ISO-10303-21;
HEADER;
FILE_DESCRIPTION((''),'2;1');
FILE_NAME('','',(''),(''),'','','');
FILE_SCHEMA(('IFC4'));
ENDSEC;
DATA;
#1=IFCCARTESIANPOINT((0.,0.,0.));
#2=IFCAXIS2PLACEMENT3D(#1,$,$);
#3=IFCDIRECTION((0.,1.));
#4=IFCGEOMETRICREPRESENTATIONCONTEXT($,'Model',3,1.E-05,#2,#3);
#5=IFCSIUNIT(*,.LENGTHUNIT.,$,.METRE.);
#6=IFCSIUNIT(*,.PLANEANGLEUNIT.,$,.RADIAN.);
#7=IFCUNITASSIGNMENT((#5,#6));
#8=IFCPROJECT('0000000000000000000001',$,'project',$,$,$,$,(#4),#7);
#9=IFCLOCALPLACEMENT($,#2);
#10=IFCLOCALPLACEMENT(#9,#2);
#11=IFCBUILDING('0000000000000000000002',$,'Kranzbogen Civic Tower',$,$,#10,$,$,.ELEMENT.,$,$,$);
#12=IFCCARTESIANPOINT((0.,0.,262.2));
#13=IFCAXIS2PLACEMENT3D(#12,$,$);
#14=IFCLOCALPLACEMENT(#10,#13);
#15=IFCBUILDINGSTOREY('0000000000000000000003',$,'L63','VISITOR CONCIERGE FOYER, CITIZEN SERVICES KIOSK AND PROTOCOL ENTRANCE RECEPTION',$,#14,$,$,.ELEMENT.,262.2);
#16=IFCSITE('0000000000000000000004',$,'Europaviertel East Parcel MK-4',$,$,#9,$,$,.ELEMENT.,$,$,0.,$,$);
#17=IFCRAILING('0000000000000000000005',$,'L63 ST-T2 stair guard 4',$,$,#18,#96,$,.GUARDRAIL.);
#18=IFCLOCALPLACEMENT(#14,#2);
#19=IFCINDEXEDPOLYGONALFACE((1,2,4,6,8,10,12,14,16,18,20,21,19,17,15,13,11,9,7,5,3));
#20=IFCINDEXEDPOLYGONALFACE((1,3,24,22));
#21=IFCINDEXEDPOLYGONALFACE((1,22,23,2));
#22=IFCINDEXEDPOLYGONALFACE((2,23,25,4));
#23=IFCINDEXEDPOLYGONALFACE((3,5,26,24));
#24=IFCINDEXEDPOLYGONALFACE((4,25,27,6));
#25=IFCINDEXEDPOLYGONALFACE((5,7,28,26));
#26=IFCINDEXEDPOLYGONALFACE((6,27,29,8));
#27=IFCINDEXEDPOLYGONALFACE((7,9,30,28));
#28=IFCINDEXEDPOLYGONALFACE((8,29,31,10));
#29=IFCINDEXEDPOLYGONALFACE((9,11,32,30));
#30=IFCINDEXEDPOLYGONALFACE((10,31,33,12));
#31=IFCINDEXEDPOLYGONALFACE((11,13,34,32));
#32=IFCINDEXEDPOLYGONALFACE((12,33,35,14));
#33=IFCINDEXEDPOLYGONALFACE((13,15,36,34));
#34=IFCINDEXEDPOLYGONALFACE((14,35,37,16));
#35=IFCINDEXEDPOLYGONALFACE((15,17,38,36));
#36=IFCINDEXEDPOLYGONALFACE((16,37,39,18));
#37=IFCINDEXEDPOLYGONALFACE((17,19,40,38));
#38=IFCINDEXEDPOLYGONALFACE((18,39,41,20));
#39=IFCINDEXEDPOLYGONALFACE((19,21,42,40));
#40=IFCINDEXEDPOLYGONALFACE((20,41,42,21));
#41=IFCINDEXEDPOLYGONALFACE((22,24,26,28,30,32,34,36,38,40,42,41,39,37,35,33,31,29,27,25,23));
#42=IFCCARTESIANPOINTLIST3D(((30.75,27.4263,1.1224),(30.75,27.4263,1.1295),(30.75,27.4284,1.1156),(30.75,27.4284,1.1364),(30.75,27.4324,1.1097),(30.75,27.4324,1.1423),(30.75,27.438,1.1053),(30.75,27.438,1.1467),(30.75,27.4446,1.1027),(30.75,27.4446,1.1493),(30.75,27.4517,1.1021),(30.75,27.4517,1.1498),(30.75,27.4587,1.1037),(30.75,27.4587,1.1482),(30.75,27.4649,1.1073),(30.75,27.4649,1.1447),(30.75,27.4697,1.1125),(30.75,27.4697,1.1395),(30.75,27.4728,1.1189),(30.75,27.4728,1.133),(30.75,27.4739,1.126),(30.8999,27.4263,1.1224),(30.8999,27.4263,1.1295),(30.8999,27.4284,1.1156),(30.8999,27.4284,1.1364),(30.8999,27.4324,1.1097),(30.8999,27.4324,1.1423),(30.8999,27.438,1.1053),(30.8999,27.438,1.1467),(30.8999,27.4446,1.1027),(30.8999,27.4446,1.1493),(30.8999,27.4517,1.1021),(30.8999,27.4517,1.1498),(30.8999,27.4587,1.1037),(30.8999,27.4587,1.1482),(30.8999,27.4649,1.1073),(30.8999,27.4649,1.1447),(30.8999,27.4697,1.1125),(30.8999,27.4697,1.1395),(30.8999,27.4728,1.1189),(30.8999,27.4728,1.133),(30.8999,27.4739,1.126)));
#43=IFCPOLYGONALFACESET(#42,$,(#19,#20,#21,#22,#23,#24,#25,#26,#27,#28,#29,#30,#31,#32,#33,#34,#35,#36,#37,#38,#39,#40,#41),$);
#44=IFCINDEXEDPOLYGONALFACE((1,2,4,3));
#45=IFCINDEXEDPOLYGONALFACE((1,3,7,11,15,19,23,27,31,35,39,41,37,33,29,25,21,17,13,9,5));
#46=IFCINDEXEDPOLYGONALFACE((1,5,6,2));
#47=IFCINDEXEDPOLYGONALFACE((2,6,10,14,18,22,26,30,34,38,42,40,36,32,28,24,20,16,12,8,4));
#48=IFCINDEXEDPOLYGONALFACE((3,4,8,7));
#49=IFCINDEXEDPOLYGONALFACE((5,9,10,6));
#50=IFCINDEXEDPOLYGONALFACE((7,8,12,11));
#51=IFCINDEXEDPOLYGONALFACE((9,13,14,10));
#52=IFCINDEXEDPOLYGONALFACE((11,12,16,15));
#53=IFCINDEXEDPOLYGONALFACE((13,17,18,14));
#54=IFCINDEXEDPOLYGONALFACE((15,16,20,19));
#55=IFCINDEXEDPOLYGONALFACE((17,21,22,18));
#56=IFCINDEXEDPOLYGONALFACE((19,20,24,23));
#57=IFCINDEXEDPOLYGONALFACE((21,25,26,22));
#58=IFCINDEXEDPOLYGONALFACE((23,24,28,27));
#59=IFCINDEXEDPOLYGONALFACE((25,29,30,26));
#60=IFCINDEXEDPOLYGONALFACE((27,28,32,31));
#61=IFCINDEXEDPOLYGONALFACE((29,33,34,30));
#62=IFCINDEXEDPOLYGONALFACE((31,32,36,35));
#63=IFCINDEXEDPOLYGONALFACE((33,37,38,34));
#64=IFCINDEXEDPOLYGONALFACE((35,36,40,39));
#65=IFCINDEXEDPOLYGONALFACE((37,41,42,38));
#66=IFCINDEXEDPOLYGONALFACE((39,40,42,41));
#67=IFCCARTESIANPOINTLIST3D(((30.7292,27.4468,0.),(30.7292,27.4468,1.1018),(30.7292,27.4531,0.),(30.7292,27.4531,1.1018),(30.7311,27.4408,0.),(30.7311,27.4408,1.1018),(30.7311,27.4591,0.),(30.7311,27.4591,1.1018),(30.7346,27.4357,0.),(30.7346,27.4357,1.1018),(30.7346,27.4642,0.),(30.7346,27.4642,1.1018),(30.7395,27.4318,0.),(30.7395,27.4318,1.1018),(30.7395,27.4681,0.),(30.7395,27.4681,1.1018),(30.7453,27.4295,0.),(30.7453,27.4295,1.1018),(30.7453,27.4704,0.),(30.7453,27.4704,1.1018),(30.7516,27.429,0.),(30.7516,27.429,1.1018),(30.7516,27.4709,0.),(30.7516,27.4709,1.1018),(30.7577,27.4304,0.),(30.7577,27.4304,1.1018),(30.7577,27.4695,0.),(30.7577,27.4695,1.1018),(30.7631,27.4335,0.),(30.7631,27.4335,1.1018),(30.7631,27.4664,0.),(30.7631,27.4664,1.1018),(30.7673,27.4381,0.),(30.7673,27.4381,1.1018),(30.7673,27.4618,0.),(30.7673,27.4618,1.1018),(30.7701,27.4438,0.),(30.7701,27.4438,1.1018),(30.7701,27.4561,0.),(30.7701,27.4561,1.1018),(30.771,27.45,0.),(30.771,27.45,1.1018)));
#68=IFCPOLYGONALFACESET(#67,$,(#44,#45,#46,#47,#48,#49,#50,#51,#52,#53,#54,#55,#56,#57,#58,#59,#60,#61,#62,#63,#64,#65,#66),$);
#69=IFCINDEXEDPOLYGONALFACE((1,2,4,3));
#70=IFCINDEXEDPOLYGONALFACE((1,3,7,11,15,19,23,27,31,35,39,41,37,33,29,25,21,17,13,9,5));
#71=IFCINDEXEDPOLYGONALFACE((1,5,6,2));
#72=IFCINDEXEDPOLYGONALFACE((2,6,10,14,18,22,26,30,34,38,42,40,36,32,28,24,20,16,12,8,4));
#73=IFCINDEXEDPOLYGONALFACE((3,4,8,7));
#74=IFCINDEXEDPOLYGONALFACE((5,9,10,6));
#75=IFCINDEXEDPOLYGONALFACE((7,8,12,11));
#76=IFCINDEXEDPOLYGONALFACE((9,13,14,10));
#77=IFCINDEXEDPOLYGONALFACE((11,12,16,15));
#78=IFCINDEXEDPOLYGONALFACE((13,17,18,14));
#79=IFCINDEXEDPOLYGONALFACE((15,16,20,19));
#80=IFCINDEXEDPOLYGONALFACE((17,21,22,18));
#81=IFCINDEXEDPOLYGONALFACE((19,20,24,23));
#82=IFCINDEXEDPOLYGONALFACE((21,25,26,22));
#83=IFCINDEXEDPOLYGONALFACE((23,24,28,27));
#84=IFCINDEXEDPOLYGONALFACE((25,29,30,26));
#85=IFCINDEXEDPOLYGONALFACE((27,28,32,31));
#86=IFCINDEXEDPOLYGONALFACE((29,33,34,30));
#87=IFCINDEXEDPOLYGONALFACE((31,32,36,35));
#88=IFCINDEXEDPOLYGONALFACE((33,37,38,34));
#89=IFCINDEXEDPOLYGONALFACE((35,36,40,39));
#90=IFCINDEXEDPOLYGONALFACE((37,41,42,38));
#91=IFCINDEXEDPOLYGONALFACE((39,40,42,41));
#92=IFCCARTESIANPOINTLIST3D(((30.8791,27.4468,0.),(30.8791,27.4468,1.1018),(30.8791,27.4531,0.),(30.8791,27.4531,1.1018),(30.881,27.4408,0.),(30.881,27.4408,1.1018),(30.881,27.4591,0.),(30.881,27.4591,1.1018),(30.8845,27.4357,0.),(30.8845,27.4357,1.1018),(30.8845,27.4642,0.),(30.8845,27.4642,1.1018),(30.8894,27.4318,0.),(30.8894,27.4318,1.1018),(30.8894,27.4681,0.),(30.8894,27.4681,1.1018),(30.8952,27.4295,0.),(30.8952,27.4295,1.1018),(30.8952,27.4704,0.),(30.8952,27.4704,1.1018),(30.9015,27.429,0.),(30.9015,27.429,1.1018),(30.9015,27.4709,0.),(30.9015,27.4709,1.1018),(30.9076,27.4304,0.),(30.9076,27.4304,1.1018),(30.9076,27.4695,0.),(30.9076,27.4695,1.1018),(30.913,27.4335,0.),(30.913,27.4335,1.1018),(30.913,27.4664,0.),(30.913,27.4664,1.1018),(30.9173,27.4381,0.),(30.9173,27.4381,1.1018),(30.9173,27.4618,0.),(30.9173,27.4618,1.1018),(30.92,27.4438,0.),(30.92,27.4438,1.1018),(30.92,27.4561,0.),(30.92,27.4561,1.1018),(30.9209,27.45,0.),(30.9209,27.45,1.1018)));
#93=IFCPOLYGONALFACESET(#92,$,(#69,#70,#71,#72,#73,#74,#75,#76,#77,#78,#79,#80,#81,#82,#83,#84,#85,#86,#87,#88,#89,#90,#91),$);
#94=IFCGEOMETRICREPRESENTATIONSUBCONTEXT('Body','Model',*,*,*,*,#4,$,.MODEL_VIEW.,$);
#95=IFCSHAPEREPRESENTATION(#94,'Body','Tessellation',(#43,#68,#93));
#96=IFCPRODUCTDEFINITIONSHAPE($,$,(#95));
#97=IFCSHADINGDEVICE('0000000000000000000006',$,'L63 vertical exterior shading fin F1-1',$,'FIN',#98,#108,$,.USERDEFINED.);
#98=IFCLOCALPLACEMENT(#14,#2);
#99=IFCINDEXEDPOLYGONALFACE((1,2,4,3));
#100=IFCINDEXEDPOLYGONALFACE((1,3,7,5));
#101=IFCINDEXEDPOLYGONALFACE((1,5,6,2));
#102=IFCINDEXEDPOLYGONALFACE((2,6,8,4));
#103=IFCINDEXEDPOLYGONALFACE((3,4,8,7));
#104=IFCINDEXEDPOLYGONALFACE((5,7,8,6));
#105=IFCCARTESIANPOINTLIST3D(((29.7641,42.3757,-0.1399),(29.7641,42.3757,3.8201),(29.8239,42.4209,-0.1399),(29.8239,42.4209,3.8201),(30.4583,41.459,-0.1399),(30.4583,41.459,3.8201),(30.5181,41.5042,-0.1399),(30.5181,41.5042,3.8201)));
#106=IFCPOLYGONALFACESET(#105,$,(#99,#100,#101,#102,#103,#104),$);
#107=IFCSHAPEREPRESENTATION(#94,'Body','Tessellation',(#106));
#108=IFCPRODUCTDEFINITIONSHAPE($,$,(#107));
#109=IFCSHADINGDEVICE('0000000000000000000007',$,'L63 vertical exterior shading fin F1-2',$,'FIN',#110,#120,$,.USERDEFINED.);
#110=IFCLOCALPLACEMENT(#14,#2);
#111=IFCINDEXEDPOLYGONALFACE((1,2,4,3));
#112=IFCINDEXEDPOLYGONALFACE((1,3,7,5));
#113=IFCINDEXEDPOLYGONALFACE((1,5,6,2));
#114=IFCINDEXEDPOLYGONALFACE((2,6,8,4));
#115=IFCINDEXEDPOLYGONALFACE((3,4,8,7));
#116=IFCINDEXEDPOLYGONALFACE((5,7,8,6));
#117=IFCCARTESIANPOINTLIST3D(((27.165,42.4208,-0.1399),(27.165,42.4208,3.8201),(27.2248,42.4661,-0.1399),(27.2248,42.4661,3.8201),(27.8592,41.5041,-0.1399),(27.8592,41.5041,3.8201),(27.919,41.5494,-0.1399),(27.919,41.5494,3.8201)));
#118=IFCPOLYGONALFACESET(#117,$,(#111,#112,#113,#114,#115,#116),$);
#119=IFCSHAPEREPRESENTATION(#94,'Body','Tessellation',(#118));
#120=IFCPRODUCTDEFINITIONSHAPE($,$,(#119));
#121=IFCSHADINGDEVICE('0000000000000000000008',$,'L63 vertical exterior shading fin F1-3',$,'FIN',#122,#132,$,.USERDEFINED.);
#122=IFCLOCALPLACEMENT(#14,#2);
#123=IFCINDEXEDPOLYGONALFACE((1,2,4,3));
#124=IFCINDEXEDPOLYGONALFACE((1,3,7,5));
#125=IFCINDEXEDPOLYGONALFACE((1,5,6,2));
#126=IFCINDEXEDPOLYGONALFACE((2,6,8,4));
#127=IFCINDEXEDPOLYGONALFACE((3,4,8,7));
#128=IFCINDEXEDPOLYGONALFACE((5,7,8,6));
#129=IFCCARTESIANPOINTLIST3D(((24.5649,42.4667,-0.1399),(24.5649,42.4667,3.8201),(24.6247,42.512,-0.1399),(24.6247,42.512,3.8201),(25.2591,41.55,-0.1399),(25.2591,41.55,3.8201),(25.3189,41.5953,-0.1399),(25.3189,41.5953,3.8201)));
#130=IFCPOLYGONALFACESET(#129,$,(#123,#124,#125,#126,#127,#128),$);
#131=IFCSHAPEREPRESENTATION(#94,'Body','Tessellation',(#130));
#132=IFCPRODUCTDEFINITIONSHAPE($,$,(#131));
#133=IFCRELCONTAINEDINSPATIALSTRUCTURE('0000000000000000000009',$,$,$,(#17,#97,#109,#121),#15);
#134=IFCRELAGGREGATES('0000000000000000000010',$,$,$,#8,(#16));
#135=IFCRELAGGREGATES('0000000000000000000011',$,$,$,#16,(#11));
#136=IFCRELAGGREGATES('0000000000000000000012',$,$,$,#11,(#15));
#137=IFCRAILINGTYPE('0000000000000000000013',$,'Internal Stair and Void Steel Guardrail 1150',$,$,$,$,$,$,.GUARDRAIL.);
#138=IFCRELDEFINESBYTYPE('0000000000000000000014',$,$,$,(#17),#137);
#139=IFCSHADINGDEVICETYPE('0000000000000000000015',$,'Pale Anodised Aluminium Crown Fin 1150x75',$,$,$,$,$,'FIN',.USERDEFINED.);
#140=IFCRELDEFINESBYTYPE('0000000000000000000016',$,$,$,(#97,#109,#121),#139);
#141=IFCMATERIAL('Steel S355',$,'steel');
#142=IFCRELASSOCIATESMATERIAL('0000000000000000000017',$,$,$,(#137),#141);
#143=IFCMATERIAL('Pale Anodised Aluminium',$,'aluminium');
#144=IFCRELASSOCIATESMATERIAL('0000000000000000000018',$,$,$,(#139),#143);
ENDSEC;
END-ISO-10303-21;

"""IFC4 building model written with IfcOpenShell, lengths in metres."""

from ifc_helpers import new_model, si_unit, direction, frame, origin, origin_2d, place, context, subcontext, project, spatial, rectangle, circle, extrude, material, type_object, element, save


model = new_model("IFC4")

# Units and contexts
model_context = context("Model", 3, precision=1e-05, world=origin(), true_north=direction((0.0, 1.0)))
body_context = subcontext(model_context, "Body", "Model", "MODEL_VIEW")
ifc_project = project(units=[si_unit("LENGTHUNIT", "METRE"), si_unit("PLANEANGLEUNIT", "RADIAN")], contexts=[model_context])

# Site, building, storey
site_placement = place(None, origin())
site = spatial("IfcSite", under=ifc_project, at=site_placement, Name="Europaviertel East Parcel MK-4", CompositionType="ELEMENT", RefElevation=0.0)
building_placement = place(site_placement, origin())
building = spatial("IfcBuilding", under=site, at=building_placement, Name="Kranzbogen Civic Tower", CompositionType="ELEMENT")
storey_placement = place(building_placement, frame((0.0, 0.0, 262.2)))
storey = spatial("IfcBuildingStorey", under=building, at=storey_placement, Name="L63", Description="VISITOR CONCIERGE FOYER, CITIZEN SERVICES KIOSK AND PROTOCOL ENTRANCE RECEPTION", CompositionType="ELEMENT", Elevation=262.2)

# Shared definitions
ifc_material_1 = material(Name="Steel S355", Category="steel")

# Shared definitions
ifc_material_2 = material(Name="Pale Anodised Aluminium", Category="aluminium")

# Railing
railing_type_1 = type_object("IfcRailingType", Name="Internal Stair and Void Steel Guardrail 1150", PredefinedType="GUARDRAIL", material=ifc_material_1)
railing_1_placement = place(storey_placement, frame((30.75, 27.45, 0.0)))
element("IfcRailing", 1, at=railing_1_placement, inside=storey, type_object=railing_type_1, Name="L63 ST-T2 stair guard 4", PredefinedType="GUARDRAIL", context=body_context, shape_type="SweptSolid", body=[
    extrude(circle(Radius=0.0239, at=origin_2d()), frame((0.0, 0.0, 1.126), z_axis=(1.0, 0.0, 0.0), x_axis=(0.0, 1.0, 0.0)), (0.0, 0.0, 1.0), 0.1499),
    extrude(circle(Radius=0.021, at=origin_2d()), origin(), (0.0, 0.0, 1.0), 1.1018),
    extrude(circle(Radius=0.021, at=origin_2d()), frame((0.1499, 0.0, 0.0)), (0.0, 0.0, 1.0), 1.1018),
])

# Shading devices
shading_device_type = type_object("IfcShadingDeviceType", Name="Pale Anodised Aluminium Crown Fin 1150x75", ElementType="FIN", PredefinedType="USERDEFINED", material=ifc_material_2)
for number, where, z_axis, x_axis, name in (
    (2, (30.1411, 41.9399, -0.1399), (0.0, 0.0, 1.0), (-0.603723, 0.797194, 0.0), "L63 vertical exterior shading fin F1-1"),
    (3, (27.542, 41.9851, -0.1399), (0.0, 0.0, 1.0), (-0.603723, 0.797194, 0.0), "L63 vertical exterior shading fin F1-2"),
    (4, (24.9419, 42.031, -0.1399), (0.0, 0.0, 1.0), (-0.603723, 0.797194, 0.0), "L63 vertical exterior shading fin F1-3"),
):
    element("IfcShadingDevice", number, at=place(storey_placement, frame(where, z_axis=z_axis, x_axis=x_axis)), inside=storey, type_object=shading_device_type, Name=name, ObjectType="FIN", PredefinedType="USERDEFINED", context=body_context, shape_type="SweptSolid", body=[
        extrude(rectangle(XDim=1.1499, YDim=0.075, at=origin_2d()), origin(), (0.0, 0.0, 1.0), 3.96),
    ])

save(model, "model.ifc")
